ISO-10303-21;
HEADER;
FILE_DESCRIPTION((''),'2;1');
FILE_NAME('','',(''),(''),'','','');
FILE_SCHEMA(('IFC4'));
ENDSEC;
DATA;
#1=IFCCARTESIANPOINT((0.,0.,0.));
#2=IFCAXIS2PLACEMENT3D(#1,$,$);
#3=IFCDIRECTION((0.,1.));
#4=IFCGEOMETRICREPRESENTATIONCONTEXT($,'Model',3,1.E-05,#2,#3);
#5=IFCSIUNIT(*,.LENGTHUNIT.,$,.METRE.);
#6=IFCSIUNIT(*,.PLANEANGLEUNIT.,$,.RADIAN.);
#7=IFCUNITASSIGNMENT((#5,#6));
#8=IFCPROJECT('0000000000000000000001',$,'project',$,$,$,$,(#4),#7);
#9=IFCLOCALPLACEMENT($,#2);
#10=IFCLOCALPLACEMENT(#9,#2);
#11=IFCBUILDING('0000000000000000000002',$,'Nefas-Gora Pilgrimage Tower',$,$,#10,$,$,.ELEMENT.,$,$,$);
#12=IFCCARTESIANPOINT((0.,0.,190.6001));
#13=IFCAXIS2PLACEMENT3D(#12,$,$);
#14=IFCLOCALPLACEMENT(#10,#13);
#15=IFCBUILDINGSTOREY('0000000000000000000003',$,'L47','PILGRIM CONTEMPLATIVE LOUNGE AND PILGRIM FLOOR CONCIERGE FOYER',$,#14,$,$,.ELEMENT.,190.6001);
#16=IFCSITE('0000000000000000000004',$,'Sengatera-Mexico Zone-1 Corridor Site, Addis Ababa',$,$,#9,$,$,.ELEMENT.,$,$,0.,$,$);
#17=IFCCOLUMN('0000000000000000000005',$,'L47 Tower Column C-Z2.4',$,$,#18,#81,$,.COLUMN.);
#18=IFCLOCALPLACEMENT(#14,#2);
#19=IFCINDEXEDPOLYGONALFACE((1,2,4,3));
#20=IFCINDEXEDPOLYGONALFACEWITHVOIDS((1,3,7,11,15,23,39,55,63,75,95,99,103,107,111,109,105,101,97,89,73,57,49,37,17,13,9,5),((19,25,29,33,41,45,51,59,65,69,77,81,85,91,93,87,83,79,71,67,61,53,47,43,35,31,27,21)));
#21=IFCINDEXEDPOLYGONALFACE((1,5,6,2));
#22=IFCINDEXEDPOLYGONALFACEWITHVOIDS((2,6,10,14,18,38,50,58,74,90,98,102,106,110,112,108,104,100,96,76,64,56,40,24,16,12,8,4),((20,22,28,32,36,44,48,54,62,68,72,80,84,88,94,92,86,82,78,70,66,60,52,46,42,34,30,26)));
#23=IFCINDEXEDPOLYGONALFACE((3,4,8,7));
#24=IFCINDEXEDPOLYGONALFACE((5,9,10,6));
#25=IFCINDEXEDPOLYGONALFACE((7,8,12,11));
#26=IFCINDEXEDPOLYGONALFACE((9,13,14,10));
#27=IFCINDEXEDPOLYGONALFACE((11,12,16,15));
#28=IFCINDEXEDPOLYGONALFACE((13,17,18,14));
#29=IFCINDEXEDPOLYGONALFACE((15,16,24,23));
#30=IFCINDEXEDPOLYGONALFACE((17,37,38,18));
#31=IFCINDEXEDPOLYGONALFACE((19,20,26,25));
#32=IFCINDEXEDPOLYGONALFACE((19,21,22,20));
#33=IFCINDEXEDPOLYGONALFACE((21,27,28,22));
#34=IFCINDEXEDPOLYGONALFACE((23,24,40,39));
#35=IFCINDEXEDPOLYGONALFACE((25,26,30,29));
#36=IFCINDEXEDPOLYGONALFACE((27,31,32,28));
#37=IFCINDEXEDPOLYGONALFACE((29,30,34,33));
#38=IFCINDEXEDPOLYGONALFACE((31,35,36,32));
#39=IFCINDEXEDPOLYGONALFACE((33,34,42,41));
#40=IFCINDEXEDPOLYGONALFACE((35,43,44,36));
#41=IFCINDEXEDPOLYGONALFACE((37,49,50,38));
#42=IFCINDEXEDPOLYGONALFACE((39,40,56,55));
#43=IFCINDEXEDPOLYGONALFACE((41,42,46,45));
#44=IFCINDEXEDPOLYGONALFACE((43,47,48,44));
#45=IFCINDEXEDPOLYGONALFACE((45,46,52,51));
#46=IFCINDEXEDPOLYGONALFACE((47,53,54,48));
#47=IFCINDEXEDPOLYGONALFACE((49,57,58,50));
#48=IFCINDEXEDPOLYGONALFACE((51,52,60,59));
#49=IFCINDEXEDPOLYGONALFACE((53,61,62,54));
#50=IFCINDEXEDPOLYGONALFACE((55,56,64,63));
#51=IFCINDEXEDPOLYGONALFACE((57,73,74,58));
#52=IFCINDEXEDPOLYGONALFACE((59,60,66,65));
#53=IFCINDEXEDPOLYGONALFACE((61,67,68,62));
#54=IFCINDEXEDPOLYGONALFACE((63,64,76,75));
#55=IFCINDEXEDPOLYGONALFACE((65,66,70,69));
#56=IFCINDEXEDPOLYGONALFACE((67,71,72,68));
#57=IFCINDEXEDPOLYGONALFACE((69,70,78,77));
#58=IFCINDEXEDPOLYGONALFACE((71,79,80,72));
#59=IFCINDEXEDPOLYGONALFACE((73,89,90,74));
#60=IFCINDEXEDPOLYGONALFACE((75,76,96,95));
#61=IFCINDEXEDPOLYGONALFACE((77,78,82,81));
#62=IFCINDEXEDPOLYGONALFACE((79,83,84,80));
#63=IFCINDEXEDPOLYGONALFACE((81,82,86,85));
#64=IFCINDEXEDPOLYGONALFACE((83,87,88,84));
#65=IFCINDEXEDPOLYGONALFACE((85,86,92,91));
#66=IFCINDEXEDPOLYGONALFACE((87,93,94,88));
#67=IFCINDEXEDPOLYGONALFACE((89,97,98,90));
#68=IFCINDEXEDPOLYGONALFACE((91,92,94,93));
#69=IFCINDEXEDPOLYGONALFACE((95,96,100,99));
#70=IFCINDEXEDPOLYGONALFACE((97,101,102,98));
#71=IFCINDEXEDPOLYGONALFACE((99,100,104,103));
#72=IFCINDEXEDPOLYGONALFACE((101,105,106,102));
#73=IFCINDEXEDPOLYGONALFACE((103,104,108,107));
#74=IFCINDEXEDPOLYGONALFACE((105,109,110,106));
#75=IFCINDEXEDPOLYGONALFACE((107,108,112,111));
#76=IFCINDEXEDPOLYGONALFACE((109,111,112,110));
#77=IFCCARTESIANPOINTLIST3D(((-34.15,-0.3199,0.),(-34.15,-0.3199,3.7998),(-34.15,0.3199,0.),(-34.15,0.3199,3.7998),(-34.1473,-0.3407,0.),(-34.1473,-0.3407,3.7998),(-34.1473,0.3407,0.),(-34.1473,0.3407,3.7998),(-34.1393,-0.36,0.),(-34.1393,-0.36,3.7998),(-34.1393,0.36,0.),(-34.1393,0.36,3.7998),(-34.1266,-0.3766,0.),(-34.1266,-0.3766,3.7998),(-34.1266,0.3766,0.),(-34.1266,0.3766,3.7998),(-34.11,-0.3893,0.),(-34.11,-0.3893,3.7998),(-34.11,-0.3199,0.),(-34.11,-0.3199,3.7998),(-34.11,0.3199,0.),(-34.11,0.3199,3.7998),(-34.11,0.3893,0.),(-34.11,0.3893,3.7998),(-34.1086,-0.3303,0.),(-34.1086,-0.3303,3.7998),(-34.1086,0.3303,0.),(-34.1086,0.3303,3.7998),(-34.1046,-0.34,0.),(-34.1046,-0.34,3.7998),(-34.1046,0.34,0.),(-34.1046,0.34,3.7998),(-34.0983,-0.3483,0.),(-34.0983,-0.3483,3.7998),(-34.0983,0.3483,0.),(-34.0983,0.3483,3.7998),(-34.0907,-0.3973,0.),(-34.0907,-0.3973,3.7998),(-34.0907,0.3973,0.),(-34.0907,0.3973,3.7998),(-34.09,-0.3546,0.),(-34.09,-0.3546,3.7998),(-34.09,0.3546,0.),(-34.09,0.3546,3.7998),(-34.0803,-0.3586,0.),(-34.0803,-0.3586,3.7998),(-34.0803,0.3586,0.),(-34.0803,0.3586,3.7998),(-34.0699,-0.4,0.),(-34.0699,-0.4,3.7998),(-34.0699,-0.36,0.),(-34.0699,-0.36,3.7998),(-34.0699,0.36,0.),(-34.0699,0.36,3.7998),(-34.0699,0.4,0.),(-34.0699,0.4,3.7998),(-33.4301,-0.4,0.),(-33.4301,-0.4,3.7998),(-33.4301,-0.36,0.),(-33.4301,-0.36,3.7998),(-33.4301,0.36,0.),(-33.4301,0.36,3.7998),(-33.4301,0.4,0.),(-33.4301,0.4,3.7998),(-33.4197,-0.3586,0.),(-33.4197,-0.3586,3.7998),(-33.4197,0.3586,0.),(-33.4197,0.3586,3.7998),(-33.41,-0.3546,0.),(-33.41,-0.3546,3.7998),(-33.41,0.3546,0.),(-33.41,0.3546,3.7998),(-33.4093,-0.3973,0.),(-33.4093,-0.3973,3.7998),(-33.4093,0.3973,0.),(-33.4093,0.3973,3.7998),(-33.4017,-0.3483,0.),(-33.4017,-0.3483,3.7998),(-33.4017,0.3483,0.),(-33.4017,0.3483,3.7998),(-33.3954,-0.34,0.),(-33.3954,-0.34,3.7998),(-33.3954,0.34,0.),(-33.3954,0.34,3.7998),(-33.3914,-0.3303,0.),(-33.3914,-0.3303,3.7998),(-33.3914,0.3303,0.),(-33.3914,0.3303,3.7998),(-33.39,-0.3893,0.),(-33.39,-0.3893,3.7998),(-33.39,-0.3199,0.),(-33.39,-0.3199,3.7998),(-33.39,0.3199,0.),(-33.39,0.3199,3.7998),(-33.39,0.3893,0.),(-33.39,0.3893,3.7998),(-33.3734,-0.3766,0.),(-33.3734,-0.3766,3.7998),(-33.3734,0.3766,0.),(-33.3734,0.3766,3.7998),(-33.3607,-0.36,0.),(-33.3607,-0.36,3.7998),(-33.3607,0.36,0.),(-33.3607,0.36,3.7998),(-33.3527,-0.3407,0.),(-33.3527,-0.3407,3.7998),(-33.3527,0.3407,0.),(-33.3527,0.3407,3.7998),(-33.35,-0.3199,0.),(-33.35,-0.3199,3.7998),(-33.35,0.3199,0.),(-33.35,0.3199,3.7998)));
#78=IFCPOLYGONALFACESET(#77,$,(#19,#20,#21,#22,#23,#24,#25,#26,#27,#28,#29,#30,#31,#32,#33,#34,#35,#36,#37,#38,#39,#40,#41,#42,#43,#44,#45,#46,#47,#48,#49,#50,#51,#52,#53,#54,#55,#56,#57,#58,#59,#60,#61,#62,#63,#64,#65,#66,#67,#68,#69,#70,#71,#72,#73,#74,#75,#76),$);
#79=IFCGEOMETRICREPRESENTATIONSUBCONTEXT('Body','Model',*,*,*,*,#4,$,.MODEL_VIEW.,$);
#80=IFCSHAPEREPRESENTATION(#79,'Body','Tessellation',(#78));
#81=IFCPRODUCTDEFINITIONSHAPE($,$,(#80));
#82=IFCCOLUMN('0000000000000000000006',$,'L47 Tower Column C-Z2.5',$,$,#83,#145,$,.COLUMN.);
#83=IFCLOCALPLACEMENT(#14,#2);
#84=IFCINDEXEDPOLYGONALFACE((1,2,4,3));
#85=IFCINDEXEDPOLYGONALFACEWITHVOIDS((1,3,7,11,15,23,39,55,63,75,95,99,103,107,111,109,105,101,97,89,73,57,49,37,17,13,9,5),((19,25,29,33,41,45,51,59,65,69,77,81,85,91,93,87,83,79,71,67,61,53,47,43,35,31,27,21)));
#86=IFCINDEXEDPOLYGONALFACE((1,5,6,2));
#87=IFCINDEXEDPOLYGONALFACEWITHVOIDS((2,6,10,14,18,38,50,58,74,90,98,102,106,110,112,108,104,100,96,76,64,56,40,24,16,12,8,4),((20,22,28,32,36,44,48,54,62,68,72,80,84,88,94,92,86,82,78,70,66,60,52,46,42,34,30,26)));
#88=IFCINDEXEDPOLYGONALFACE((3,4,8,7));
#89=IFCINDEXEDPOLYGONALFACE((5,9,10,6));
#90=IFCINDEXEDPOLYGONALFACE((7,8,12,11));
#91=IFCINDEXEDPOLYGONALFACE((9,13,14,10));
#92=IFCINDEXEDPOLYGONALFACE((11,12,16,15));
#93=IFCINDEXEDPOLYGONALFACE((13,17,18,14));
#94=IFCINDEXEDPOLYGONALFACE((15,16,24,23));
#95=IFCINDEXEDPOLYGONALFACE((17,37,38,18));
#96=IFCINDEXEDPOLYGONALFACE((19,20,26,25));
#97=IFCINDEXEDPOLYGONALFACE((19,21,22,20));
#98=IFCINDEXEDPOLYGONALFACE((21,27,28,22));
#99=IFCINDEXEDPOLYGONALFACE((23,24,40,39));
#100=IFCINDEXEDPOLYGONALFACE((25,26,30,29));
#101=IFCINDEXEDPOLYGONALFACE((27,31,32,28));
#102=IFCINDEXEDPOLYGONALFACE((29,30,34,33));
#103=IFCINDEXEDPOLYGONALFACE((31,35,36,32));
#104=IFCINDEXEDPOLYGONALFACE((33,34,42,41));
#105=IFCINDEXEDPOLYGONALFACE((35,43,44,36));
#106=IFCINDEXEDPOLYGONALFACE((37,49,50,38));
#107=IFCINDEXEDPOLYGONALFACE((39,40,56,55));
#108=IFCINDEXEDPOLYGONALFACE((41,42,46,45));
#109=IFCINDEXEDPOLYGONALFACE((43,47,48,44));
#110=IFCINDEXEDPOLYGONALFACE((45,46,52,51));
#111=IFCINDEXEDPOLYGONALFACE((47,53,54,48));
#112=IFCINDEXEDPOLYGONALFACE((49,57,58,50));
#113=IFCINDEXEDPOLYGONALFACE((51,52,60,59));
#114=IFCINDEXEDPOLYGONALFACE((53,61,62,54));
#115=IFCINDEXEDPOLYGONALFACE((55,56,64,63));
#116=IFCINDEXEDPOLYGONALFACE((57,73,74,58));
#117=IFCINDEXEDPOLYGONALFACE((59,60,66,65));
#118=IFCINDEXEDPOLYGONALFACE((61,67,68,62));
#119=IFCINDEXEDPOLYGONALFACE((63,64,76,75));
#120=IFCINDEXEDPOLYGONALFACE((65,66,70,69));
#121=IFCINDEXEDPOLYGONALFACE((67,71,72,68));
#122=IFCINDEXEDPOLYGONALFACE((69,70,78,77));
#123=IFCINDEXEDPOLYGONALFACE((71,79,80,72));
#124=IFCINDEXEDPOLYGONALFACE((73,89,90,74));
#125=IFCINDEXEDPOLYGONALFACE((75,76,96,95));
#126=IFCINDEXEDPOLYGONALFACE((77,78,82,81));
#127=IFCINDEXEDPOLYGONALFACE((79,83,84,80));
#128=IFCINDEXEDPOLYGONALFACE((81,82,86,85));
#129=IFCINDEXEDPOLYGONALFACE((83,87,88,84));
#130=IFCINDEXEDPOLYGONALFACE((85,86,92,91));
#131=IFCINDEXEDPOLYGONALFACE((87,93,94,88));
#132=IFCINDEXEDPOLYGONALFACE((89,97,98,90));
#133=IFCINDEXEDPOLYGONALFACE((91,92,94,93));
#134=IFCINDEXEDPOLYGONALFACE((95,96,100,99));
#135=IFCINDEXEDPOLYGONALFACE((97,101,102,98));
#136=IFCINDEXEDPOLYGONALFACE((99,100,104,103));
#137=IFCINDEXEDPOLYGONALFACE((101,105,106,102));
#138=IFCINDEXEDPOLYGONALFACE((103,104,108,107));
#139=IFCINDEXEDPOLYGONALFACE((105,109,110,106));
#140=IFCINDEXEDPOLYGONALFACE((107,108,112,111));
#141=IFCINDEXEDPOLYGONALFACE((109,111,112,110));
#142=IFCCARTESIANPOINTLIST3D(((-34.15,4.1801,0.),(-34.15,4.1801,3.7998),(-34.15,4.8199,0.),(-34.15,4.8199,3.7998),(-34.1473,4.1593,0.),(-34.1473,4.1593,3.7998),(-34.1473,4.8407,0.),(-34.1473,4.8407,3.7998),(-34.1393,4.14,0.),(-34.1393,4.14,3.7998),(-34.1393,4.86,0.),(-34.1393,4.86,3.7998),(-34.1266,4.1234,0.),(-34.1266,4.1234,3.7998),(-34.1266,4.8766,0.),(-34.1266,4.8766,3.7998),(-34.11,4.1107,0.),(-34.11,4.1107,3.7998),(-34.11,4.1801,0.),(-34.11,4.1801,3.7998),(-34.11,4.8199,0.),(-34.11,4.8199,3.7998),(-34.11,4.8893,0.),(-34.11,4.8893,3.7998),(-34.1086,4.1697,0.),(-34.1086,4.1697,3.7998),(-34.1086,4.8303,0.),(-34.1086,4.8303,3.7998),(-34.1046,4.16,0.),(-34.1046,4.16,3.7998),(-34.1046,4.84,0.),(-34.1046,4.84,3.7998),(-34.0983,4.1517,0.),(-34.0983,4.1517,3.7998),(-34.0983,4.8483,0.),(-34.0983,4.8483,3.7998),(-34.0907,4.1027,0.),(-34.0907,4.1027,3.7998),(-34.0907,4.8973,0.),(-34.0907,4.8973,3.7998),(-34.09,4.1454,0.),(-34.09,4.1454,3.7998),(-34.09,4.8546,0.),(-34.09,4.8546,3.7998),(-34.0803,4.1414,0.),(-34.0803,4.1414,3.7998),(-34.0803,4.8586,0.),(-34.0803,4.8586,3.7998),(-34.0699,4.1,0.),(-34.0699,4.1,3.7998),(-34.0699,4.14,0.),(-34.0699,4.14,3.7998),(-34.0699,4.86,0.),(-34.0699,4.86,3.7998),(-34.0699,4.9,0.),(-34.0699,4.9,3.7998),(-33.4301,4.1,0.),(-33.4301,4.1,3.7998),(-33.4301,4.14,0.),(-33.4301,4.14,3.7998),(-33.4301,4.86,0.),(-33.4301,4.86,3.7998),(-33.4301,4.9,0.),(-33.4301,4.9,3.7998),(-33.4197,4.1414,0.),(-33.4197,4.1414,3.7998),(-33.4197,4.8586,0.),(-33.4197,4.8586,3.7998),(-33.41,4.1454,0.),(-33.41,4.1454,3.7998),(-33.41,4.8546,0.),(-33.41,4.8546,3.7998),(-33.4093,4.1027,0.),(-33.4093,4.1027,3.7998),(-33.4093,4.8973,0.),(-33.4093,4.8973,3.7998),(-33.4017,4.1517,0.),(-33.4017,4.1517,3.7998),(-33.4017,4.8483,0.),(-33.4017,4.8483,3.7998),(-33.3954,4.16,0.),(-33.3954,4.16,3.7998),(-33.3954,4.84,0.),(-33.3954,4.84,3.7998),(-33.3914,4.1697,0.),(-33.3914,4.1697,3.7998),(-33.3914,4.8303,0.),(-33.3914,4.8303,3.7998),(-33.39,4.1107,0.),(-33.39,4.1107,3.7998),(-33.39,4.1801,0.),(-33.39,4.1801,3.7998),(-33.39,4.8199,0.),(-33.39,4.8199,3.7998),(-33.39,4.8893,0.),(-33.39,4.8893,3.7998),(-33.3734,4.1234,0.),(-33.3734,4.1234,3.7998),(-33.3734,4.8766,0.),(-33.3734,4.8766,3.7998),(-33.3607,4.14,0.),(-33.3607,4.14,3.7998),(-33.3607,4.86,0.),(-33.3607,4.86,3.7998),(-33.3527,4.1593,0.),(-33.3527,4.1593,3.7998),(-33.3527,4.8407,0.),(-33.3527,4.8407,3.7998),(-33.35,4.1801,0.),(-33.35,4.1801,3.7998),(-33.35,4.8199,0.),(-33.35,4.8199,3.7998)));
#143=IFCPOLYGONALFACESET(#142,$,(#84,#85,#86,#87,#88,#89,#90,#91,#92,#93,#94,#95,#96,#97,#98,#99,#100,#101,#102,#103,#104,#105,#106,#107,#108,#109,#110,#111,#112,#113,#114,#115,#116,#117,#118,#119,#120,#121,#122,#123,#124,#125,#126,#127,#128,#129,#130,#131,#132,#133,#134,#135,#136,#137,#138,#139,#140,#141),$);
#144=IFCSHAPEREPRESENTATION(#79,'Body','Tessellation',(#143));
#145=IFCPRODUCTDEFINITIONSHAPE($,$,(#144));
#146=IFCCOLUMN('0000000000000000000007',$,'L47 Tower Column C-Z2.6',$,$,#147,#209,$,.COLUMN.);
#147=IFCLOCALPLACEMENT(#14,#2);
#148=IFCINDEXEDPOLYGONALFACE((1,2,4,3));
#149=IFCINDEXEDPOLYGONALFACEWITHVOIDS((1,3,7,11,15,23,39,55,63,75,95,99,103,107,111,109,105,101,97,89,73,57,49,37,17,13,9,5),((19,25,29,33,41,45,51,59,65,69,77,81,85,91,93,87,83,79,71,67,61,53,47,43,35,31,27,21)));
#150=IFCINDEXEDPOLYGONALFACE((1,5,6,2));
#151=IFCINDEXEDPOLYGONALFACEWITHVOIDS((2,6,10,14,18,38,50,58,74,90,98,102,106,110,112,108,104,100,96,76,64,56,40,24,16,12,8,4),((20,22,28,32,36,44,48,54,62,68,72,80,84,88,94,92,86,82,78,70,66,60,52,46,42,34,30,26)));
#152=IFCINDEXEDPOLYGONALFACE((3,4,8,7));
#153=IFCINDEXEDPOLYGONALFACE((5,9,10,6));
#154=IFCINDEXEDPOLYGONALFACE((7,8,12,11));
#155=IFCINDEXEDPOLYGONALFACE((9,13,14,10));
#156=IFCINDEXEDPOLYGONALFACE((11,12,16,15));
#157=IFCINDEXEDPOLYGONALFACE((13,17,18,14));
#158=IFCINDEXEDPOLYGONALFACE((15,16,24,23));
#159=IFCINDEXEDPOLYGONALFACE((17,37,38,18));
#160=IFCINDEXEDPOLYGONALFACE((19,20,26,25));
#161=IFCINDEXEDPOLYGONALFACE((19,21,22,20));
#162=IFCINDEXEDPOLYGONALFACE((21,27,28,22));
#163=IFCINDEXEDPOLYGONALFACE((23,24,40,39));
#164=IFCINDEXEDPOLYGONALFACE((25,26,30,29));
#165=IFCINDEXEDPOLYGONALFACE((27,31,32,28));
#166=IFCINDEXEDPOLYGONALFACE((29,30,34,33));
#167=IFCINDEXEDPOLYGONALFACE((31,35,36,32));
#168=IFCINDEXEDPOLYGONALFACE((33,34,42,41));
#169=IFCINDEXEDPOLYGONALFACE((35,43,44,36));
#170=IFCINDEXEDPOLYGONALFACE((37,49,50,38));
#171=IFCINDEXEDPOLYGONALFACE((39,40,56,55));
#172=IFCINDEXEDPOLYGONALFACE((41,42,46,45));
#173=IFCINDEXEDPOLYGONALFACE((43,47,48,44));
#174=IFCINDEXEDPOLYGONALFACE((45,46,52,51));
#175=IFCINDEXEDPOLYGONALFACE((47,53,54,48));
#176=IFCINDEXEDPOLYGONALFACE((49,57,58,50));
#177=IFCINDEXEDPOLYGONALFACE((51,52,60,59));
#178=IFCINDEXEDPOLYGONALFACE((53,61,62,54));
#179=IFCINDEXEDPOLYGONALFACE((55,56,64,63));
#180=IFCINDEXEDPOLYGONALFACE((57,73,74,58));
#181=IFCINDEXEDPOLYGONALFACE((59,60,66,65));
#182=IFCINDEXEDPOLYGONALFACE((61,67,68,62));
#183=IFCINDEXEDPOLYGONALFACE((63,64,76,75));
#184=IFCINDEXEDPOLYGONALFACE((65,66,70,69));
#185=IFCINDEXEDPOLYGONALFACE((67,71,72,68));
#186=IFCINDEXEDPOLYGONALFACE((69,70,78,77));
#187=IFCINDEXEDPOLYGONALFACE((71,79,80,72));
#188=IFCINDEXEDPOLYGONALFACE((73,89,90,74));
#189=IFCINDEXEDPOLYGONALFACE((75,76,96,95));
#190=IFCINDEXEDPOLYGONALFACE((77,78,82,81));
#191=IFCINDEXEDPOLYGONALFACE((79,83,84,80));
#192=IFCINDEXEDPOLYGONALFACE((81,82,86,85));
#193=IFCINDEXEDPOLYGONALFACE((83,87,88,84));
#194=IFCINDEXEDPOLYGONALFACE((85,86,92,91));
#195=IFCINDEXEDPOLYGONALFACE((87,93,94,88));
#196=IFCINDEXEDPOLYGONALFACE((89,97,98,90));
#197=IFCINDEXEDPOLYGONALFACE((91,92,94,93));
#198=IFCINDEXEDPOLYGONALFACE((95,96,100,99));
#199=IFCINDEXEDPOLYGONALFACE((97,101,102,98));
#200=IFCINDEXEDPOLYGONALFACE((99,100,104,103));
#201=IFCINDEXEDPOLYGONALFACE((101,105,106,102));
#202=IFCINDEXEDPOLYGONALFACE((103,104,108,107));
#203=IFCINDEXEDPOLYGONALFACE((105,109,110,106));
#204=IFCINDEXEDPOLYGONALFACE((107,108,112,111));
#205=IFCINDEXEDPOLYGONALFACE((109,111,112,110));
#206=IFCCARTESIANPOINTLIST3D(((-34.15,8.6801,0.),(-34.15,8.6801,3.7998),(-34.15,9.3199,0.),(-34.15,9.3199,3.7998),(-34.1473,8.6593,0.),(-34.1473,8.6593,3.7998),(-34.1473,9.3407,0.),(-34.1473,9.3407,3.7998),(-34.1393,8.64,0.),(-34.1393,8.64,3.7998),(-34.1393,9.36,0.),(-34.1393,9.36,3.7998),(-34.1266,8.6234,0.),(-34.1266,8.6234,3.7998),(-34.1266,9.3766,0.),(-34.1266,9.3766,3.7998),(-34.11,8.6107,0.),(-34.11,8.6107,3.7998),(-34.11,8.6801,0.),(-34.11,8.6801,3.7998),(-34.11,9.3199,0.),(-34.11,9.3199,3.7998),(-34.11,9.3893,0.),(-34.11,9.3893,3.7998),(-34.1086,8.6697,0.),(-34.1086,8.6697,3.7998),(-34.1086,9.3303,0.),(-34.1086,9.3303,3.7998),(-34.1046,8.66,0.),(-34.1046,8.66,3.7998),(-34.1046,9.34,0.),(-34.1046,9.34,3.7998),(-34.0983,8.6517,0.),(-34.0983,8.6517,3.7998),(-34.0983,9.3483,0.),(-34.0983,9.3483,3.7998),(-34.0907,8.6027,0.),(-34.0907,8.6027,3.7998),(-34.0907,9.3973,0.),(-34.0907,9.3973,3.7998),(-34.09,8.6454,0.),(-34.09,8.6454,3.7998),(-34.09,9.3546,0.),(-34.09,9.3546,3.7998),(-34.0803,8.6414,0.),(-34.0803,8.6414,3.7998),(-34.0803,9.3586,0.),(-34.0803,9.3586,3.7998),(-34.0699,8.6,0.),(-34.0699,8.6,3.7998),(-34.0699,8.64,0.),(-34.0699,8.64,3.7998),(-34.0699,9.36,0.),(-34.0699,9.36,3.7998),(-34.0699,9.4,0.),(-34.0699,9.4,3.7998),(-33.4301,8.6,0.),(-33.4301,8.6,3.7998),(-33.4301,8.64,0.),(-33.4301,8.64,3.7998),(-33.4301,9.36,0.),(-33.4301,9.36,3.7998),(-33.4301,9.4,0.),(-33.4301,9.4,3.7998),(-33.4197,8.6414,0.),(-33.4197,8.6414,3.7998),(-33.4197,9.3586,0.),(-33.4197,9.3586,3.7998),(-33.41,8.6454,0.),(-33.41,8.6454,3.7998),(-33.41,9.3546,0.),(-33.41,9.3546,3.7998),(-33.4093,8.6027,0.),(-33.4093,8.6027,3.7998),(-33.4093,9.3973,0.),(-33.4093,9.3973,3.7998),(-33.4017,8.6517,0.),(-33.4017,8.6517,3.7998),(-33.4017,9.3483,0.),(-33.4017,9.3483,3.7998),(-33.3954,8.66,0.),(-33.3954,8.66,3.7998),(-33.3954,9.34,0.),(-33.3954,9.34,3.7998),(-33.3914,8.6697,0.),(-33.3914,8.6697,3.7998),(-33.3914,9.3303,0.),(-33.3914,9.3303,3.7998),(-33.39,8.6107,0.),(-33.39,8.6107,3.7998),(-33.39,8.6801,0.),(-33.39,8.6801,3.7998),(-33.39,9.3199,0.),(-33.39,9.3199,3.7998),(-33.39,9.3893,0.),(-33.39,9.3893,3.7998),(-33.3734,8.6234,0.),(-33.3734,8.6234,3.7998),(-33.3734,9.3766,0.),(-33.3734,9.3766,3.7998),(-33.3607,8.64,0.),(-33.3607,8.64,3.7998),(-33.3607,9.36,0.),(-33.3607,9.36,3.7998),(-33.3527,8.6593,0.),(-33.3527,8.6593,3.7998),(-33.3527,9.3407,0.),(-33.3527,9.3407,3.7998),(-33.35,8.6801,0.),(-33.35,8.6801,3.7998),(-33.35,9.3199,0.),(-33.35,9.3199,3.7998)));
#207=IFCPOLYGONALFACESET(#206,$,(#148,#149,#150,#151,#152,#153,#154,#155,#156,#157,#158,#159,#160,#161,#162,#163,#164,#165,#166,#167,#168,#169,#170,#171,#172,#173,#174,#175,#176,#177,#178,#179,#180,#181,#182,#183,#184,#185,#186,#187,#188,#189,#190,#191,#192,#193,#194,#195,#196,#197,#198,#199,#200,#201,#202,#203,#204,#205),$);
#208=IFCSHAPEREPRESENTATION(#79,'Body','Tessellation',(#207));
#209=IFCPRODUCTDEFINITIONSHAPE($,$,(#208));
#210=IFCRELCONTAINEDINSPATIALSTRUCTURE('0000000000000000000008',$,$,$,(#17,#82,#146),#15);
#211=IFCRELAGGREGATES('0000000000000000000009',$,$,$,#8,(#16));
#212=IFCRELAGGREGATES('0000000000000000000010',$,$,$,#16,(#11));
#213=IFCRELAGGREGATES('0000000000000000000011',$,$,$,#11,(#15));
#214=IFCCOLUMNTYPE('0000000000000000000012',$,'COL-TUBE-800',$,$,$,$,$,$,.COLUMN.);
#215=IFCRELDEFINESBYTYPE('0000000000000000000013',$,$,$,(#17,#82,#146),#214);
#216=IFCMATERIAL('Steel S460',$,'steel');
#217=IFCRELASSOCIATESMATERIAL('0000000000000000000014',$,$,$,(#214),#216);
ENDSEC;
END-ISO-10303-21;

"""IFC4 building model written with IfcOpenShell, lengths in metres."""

from ifc_helpers import new_model, si_unit, direction, frame, origin, origin_2d, place, context, subcontext, project, spatial, hollow_rectangle, extrude, source, transform, mapped, material, material_profile, profile_set, type_object, element, save


model = new_model("IFC4")

# Units and contexts
model_context = context("Model", 3, precision=1e-05, world=origin(), true_north=direction((0.0, 1.0)))
body_context = subcontext(model_context, "Body", "Model", "MODEL_VIEW")
ifc_project = project(units=[si_unit("LENGTHUNIT", "METRE"), si_unit("PLANEANGLEUNIT", "RADIAN")], contexts=[model_context])

# Site, building, storey
site_placement = place(None, origin())
site = spatial("IfcSite", under=ifc_project, at=site_placement, Name="Sengatera-Mexico Zone-1 Corridor Site, Addis Ababa", CompositionType="ELEMENT", RefElevation=0.0)
building_placement = place(site_placement, origin())
building = spatial("IfcBuilding", under=site, at=building_placement, Name="Nefas-Gora Pilgrimage Tower", CompositionType="ELEMENT")
storey_placement = place(building_placement, frame((0.0, 0.0, 190.6001)))
storey = spatial("IfcBuildingStorey", under=building, at=storey_placement, Name="L47", Description="PILGRIM CONTEMPLATIVE LOUNGE AND PILGRIM FLOOR CONCIERGE FOYER", CompositionType="ELEMENT", Elevation=190.6001)

# Columns
ifc_material_1 = material(Name="Steel S460", Category="steel")
ifc_material_profile_1 = material_profile(ifc_material_1, hollow_rectangle(XDim=0.8, YDim=0.8, WallThickness=0.04, InnerFilletRadius=0.04, OuterFilletRadius=0.0801, at=origin_2d()), Name="BOX 800x800x40")
ifc_profile_set_1 = profile_set([ifc_material_profile_1], Name="Steel S460")
column_type_1 = type_object("IfcColumnType", Name="COL-TUBE-800", PredefinedType="COLUMN", material=ifc_profile_set_1)
shared_shape_1 = source(origin(), body_context, "Body", "SweptSolid", [
    extrude(hollow_rectangle(XDim=0.8, YDim=0.8, WallThickness=0.04, InnerFilletRadius=0.04, OuterFilletRadius=0.0801, at=origin_2d()), origin(), (0.0, 0.0, 1.0), 3.7998),
])
for number, where, z_axis, x_axis, name in (
    (1, (-33.75, 0.0, 0.0), (0.0, 0.0, 1.0), (1.0, 0.0, 0.0), "L47 Tower Column C-Z2.4"),
    (2, (-33.75, 4.5, 0.0), (0.0, 0.0, 1.0), (1.0, 0.0, 0.0), "L47 Tower Column C-Z2.5"),
    (3, (-33.75, 9.0, 0.0), (0.0, 0.0, 1.0), (1.0, 0.0, 0.0), "L47 Tower Column C-Z2.6"),
):
    element("IfcColumn", number, at=place(storey_placement, frame(where, z_axis=z_axis, x_axis=x_axis)), inside=storey, type_object=column_type_1, Name=name, PredefinedType="COLUMN", context=body_context, shape_type="MappedRepresentation", body=[
        mapped(shared_shape_1, transform((0.0, 0.0, 0.0), x_axis=(1.0, 0.0, 0.0), y_axis=(0.0, 1.0, 0.0), z_axis=(0.0, 0.0, 1.0), scale=1.0)),
    ])

save(model, "model.ifc")
